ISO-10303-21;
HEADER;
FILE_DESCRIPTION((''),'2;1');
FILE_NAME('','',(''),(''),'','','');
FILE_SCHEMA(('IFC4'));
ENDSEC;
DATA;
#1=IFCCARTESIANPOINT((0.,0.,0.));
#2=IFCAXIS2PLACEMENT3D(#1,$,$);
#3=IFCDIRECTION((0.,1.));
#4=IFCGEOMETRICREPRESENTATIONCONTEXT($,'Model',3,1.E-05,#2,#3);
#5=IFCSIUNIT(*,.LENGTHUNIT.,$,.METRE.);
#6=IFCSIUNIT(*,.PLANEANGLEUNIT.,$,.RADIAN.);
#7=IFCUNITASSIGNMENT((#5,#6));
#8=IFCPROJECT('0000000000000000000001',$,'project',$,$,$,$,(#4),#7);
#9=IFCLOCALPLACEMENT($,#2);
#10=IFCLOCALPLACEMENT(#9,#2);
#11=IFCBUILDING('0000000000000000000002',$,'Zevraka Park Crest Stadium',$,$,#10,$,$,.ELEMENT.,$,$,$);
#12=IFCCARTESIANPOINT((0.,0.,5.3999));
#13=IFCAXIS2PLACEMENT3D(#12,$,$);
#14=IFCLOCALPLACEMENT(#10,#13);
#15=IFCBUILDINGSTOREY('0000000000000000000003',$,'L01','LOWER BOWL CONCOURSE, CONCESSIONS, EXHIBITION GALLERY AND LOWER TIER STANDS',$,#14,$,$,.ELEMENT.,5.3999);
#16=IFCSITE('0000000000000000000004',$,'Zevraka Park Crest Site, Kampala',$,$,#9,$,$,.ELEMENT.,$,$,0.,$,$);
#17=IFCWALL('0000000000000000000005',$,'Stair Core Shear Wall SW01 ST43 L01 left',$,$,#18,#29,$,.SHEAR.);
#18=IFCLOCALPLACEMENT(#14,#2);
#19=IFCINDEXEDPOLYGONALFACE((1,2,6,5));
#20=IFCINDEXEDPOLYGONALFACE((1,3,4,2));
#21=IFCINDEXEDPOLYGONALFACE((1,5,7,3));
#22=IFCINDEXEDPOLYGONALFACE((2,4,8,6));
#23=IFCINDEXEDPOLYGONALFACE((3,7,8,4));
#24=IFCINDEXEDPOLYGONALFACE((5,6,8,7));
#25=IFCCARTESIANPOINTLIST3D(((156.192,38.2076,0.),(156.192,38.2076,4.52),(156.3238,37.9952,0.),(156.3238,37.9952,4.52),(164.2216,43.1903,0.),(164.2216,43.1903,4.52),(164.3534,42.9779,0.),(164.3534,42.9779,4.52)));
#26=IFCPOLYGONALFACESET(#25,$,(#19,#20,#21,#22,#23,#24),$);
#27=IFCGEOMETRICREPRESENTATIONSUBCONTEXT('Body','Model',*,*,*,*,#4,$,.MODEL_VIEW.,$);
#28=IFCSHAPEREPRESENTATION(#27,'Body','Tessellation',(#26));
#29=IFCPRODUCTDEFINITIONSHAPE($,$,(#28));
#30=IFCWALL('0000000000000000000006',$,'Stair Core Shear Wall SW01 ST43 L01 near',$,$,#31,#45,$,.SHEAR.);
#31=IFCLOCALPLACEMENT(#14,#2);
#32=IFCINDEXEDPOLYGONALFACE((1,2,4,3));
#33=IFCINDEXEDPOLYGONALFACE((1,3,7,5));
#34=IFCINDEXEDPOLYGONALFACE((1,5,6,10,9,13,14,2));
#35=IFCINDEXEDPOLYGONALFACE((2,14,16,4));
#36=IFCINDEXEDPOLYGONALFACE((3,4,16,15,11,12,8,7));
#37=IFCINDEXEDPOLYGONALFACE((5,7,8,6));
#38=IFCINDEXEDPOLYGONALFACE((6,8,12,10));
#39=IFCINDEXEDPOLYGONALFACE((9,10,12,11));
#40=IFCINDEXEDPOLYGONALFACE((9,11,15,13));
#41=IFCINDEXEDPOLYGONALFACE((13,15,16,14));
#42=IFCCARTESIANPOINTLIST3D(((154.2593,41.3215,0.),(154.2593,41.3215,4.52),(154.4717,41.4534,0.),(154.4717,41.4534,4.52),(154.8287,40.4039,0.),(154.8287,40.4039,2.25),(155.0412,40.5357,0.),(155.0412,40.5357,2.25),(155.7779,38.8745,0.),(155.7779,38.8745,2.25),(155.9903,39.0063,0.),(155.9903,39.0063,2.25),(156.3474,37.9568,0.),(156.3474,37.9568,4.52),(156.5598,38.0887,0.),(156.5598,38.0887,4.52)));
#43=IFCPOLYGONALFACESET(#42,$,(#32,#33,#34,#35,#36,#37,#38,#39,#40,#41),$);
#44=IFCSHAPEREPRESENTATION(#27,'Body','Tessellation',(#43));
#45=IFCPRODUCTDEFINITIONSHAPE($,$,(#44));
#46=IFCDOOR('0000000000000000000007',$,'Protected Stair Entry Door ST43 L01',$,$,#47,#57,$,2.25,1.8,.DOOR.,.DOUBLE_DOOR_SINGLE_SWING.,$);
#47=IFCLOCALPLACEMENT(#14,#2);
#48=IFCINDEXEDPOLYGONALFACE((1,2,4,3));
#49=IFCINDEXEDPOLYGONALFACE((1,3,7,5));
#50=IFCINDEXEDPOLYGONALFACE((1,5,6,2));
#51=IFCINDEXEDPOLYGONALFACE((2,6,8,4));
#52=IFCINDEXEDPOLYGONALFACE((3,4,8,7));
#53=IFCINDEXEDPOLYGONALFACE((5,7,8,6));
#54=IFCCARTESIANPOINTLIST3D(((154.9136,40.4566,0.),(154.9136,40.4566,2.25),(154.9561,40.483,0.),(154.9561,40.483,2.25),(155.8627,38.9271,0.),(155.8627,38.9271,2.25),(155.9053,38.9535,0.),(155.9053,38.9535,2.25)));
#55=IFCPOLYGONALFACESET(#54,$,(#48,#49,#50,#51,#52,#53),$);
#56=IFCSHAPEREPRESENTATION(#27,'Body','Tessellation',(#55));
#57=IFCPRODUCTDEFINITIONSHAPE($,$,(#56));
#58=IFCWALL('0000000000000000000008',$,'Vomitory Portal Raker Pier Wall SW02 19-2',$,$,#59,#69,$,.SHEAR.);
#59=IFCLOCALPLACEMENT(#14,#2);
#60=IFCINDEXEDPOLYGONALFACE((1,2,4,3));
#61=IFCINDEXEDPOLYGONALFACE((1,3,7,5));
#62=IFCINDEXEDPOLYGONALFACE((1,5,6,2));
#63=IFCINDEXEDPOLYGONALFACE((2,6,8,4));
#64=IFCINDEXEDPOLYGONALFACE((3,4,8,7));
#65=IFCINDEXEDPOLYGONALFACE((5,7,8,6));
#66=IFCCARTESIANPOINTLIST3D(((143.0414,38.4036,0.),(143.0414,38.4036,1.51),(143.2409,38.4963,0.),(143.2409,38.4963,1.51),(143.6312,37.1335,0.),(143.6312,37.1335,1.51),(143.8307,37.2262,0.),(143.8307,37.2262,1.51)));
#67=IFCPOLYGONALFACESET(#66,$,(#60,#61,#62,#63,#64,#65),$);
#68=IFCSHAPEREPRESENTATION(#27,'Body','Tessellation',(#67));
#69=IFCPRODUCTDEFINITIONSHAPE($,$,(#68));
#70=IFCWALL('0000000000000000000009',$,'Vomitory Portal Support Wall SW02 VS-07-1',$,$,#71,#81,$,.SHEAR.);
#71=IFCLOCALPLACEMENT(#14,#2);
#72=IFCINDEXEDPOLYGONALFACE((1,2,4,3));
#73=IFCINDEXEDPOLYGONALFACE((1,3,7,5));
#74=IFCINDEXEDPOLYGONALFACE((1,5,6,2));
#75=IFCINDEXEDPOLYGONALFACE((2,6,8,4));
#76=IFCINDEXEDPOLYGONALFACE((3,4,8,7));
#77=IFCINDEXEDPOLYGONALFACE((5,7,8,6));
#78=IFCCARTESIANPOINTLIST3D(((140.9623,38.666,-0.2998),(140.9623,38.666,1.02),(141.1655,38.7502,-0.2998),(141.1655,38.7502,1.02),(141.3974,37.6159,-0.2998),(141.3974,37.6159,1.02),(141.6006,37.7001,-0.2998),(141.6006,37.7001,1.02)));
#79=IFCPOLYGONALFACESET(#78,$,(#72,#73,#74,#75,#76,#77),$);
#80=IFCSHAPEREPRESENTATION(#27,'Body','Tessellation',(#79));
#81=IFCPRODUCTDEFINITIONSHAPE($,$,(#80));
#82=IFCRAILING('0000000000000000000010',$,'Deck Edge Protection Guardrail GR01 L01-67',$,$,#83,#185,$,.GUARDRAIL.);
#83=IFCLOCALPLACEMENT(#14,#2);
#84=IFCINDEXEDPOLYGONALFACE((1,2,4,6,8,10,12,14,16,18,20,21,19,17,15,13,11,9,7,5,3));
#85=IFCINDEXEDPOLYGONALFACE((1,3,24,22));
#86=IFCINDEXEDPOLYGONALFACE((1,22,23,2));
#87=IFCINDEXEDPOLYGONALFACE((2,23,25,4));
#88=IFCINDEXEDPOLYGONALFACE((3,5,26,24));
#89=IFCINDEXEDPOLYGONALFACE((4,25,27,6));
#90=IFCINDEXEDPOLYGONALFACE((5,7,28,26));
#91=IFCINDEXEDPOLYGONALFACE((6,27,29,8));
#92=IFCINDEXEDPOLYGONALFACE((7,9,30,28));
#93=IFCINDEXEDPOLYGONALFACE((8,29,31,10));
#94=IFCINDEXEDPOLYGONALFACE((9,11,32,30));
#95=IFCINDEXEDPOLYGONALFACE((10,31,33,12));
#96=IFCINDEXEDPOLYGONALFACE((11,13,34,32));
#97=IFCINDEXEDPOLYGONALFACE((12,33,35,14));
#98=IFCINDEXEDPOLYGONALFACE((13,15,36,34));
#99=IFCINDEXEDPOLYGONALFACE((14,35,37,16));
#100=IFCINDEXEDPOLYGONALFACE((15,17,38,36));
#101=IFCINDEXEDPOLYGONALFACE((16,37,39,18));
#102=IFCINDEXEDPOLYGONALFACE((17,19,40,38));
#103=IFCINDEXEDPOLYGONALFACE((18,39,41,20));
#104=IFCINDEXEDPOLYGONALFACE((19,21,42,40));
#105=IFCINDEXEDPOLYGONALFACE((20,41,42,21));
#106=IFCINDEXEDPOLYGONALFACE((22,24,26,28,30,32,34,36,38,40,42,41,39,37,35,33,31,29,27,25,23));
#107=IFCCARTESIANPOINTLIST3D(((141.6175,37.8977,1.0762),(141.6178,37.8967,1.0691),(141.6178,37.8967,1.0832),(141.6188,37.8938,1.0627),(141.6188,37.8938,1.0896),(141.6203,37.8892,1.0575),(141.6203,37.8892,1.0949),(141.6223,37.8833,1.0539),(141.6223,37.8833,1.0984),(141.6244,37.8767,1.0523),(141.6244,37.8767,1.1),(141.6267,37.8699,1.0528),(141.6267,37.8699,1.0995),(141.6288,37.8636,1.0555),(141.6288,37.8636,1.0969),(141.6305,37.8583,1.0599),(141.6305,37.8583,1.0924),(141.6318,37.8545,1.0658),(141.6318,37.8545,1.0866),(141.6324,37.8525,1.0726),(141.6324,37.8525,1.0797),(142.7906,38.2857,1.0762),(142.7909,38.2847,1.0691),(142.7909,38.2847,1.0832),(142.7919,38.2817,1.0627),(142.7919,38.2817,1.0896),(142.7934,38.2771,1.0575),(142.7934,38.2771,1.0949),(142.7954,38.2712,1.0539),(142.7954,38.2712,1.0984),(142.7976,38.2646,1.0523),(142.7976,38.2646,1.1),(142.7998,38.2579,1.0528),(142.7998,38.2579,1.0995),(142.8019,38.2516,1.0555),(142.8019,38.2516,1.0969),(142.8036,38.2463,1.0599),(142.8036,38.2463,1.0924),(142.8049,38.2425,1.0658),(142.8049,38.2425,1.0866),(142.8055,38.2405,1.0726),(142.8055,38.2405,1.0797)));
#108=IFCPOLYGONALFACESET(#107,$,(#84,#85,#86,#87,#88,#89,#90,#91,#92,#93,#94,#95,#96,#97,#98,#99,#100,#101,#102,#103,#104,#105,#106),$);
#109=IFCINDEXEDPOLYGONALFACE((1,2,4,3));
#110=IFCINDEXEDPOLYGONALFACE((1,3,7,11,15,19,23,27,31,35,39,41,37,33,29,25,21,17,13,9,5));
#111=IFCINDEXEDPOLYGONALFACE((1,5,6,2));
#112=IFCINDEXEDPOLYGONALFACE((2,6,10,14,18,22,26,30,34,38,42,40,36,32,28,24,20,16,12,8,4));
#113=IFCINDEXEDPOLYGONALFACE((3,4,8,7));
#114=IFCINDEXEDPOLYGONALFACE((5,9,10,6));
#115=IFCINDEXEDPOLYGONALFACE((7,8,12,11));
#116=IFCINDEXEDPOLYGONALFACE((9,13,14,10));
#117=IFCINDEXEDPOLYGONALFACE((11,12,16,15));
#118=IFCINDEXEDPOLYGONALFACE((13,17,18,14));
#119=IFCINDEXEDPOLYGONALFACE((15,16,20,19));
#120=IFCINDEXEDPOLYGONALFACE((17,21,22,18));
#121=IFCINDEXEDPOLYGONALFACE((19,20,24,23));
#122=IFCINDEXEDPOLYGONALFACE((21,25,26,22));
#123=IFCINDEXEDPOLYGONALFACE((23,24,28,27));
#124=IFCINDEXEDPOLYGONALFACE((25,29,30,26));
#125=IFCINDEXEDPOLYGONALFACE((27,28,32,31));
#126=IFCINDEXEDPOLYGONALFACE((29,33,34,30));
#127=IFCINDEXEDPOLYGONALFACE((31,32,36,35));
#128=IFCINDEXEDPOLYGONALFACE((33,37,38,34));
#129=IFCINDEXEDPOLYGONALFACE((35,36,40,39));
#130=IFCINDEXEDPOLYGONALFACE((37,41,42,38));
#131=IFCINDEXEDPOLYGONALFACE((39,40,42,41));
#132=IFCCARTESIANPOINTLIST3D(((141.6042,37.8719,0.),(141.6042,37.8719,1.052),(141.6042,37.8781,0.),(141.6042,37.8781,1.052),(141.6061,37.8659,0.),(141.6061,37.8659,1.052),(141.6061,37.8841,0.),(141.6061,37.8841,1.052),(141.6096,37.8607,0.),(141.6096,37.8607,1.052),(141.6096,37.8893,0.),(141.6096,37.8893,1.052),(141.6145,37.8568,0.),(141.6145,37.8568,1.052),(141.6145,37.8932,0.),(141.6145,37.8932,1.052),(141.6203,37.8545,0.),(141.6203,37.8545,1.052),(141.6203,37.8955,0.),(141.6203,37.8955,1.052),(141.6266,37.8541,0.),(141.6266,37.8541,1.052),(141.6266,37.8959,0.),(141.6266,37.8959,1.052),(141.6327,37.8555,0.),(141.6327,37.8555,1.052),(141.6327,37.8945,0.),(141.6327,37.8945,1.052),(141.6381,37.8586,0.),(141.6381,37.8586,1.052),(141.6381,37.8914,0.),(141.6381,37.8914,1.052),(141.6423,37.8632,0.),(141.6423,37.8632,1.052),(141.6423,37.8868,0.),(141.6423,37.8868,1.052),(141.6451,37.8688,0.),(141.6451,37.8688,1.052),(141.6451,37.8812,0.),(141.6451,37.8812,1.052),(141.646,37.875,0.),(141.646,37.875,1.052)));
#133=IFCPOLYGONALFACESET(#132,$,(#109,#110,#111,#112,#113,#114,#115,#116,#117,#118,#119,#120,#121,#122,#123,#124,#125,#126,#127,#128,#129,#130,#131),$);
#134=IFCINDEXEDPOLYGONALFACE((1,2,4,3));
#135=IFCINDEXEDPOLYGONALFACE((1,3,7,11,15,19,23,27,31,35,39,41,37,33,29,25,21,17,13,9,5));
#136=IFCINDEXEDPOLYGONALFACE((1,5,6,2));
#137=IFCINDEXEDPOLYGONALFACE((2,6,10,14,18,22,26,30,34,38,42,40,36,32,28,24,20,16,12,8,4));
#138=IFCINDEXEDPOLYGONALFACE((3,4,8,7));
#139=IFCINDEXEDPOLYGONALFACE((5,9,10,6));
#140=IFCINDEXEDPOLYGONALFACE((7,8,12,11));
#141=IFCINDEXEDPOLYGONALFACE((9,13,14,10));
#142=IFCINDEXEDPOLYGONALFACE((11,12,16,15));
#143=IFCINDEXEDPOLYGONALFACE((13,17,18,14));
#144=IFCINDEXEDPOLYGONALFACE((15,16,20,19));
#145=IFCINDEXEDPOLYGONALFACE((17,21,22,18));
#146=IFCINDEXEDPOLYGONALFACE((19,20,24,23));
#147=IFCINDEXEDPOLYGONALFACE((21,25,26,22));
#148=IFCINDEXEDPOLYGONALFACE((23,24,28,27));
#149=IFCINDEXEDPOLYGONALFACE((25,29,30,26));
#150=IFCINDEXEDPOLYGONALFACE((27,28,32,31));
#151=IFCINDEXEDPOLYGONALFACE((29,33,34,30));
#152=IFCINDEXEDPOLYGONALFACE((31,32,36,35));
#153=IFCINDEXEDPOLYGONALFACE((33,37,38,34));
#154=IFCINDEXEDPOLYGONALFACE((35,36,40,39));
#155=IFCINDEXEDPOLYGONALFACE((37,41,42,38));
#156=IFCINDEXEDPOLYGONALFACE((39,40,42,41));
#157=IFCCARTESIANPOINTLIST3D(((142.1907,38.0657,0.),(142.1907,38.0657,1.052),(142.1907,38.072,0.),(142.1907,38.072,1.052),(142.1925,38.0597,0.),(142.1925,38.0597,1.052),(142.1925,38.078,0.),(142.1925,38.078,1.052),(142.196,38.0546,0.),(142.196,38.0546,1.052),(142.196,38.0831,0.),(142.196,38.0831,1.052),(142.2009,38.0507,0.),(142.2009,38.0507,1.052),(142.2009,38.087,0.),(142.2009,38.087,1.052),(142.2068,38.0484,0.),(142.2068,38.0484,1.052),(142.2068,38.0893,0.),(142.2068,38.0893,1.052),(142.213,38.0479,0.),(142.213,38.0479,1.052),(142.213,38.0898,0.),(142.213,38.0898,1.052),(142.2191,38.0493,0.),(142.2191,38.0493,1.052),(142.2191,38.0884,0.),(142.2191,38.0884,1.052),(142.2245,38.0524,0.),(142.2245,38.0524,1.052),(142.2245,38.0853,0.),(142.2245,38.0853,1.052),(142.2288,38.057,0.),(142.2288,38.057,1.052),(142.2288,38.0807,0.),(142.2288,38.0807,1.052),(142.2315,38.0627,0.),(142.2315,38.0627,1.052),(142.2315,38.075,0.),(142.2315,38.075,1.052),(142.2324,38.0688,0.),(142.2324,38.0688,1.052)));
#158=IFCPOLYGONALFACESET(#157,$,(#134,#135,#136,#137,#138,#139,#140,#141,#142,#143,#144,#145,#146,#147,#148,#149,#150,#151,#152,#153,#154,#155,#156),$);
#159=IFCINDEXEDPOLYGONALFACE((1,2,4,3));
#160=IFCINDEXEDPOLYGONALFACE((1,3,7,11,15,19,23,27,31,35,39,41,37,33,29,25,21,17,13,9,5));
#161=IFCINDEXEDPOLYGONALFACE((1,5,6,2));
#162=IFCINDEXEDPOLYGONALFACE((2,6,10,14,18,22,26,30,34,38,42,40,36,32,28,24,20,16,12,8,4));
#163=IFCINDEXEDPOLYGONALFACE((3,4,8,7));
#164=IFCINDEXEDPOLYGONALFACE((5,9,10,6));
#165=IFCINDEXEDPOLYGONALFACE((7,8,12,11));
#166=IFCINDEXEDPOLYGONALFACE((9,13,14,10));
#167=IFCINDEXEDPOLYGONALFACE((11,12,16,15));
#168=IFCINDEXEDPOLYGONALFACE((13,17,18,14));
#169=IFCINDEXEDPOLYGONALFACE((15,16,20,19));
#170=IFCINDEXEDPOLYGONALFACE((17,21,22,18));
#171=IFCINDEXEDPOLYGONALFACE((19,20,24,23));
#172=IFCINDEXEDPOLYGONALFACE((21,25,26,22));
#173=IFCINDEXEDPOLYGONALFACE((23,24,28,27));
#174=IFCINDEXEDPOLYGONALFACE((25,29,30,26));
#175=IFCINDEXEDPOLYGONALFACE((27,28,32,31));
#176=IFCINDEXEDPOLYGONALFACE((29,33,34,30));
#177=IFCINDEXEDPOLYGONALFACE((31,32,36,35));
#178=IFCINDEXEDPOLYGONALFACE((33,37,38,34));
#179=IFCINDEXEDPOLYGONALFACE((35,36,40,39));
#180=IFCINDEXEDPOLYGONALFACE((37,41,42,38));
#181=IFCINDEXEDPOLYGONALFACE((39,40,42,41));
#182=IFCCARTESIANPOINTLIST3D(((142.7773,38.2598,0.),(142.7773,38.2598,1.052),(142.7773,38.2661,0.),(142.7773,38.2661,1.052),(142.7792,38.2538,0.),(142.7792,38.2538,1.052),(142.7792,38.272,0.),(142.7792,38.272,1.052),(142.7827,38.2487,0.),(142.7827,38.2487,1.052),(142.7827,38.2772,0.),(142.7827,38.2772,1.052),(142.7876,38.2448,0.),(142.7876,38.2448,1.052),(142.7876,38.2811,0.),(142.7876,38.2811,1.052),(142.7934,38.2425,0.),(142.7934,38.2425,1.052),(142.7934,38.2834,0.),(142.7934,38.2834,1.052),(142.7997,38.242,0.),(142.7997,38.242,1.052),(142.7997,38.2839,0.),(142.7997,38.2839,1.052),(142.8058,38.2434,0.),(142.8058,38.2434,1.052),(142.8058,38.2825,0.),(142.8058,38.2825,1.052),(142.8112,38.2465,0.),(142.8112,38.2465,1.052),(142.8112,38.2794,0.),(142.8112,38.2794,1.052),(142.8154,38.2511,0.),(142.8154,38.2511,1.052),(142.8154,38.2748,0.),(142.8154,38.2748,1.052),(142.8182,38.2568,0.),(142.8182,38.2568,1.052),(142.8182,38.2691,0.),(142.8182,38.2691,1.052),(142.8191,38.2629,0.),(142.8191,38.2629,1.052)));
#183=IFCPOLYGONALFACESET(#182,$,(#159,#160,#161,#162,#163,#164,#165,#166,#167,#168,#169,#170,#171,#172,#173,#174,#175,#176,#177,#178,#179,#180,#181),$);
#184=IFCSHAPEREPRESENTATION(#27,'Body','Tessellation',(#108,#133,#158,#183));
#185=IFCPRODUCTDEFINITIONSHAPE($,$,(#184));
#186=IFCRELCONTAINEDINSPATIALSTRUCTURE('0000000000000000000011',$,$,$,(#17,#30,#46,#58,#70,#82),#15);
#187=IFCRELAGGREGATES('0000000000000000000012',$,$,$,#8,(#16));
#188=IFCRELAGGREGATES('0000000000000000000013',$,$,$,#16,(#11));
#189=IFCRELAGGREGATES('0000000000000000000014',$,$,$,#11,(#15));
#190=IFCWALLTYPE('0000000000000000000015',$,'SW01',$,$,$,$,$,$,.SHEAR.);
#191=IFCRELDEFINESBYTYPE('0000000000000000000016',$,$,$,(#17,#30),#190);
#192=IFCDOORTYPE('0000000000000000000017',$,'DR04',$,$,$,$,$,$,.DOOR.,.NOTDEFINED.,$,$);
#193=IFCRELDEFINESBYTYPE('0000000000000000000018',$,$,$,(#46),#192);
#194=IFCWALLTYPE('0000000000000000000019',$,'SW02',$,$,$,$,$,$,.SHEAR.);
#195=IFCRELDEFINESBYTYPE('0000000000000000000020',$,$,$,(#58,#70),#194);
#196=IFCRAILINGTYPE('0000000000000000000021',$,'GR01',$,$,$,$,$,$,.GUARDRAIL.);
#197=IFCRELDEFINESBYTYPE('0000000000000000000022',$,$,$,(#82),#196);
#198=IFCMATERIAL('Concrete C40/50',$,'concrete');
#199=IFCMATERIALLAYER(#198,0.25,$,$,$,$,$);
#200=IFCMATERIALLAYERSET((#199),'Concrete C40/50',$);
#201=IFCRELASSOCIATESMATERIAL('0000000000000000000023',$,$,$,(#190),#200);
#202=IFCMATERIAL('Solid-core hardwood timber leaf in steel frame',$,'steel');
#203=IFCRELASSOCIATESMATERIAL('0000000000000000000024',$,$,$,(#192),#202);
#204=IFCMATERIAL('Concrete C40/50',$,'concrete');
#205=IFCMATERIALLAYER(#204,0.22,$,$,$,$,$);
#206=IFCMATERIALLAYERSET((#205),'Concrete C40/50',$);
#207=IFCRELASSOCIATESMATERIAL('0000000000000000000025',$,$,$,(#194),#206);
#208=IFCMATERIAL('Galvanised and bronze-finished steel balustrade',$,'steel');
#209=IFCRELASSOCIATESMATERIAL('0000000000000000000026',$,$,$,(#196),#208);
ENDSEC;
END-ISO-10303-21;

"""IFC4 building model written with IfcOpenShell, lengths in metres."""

from ifc_helpers import new_model, si_unit, direction, frame, frame_2d, origin, origin_2d, place, context, subcontext, project, spatial, rectangle, circle, extrude, material, layer, layer_set, type_object, element, fill, save


model = new_model("IFC4")

# Units and contexts
model_context = context("Model", 3, precision=1e-05, world=origin(), true_north=direction((0.0, 1.0)))
body_context = subcontext(model_context, "Body", "Model", "MODEL_VIEW")
ifc_project = project(units=[si_unit("LENGTHUNIT", "METRE"), si_unit("PLANEANGLEUNIT", "RADIAN")], contexts=[model_context])

# Site, building, storey
site_placement = place(None, origin())
site = spatial("IfcSite", under=ifc_project, at=site_placement, Name="Zevraka Park Crest Site, Kampala", CompositionType="ELEMENT", RefElevation=0.0)
building_placement = place(site_placement, origin())
building = spatial("IfcBuilding", under=site, at=building_placement, Name="Zevraka Park Crest Stadium", CompositionType="ELEMENT")
storey_placement = place(building_placement, frame((0.0, 0.0, 5.3999)))
storey = spatial("IfcBuildingStorey", under=building, at=storey_placement, Name="L01", Description="LOWER BOWL CONCOURSE, CONCESSIONS, EXHIBITION GALLERY AND LOWER TIER STANDS", CompositionType="ELEMENT", Elevation=5.3999)

# Wall
ifc_material_1 = material(Name="Concrete C40/50", Category="concrete")
ifc_layer_1 = layer(ifc_material_1, 0.25)
ifc_layer_set_1 = layer_set([ifc_layer_1], Name="Concrete C40/50")
wall_type_1 = type_object("IfcWallType", Name="SW01", PredefinedType="SHEAR", material=ifc_layer_set_1)
wall_1_placement = place(storey_placement, frame((156.2578, 38.1013, 0.0), z_axis=(0.0, 0.0, 1.0), x_axis=(0.849696, 0.527272, 0.0)))
element("IfcWall", 1, at=wall_1_placement, inside=storey, type_object=wall_type_1, Name="Stair Core Shear Wall SW01 ST43 L01 left", PredefinedType="SHEAR", context=body_context, shape_type="SweptSolid", body=[
    extrude(rectangle(XDim=9.45, YDim=0.25, at=frame_2d((4.7251, 0.0))), origin(), (0.0, 0.0, 1.0), 4.52),
])

# Wall, opening, door
wall_2_placement = place(storey_placement, frame((154.3655, 41.3875, 0.0), z_axis=(0.0, 0.0, 1.0), x_axis=(0.527303, -0.849677, 0.0)))
wall_2 = element("IfcWall", 2, at=wall_2_placement, inside=storey, type_object=wall_type_1, Name="Stair Core Shear Wall SW01 ST43 L01 near", PredefinedType="SHEAR", context=body_context, shape_type="SweptSolid", body=[
    extrude(rectangle(XDim=3.96, YDim=0.25, at=frame_2d((1.98, 0.0))), origin(), (0.0, 0.0, 1.0), 4.52),
])
opening_placement = place(wall_2_placement, frame((1.0801, 0.0, 0.0)))
opening = element("IfcOpeningElement", 3, at=opening_placement, cuts=wall_2, PredefinedType="OPENING", context=body_context, shape_type="SweptSolid", body=[
    extrude(rectangle(XDim=1.8, YDim=2.25, at=frame_2d((0.8999, 1.125))), frame((0.0, 0.135, 0.0), z_axis=(0.0, -1.0, 0.0), x_axis=(1.0, 0.0, 0.0)), (0.0, 0.0, 1.0), 0.27),
])
ifc_material_2 = material(Name="Solid-core hardwood timber leaf in steel frame", Category="steel")
door_type = type_object("IfcDoorType", Name="DR04", OperationType="NOTDEFINED", PredefinedType="DOOR", material=ifc_material_2)
door_placement = place(opening_placement, origin())
door = element("IfcDoor", 4, at=door_placement, inside=storey, type_object=door_type, Name="Protected Stair Entry Door ST43 L01", OperationType="DOUBLE_DOOR_SINGLE_SWING", OverallHeight=2.25, OverallWidth=1.8, PredefinedType="DOOR", context=body_context, shape_type="SweptSolid", body=[
    extrude(rectangle(XDim=1.8, YDim=2.25, at=frame_2d((0.8999, 1.125))), frame((0.0, 0.0249, 0.0), z_axis=(0.0, -1.0, 0.0), x_axis=(1.0, 0.0, 0.0)), (0.0, 0.0, 1.0), 0.05),
])
fill(opening, door)

# Walls
ifc_material_3 = material(Name="Concrete C40/50", Category="concrete")
ifc_layer_2 = layer(ifc_material_3, 0.22)
ifc_layer_set_2 = layer_set([ifc_layer_2], Name="Concrete C40/50")
wall_type_2 = type_object("IfcWallType", Name="SW02", PredefinedType="SHEAR", material=ifc_layer_set_2)
wall_3_placement = place(storey_placement, frame((143.1411, 38.45, 0.0), z_axis=(0.0, 0.0, 1.0), x_axis=(0.421224, -0.906957, 0.0)))
element("IfcWall", 5, at=wall_3_placement, inside=storey, type_object=wall_type_2, Name="Vomitory Portal Raker Pier Wall SW02 19-2", PredefinedType="SHEAR", context=body_context, shape_type="SweptSolid", body=[
    extrude(rectangle(XDim=1.4004, YDim=0.22, at=frame_2d((0.7002, 0.0))), origin(), (0.0, 0.0, 1.0), 1.51),
])
wall_4_placement = place(storey_placement, frame((141.499, 37.658, -0.2998), z_axis=(0.0, 0.0, 1.0), x_axis=(-0.382769, 0.923844, 0.0)))
element("IfcWall", 6, at=wall_4_placement, inside=storey, type_object=wall_type_2, Name="Vomitory Portal Support Wall SW02 VS-07-1", PredefinedType="SHEAR", context=body_context, shape_type="SweptSolid", body=[
    extrude(rectangle(XDim=1.1367, YDim=0.22, at=frame_2d((0.5684, 0.0))), origin(), (0.0, 0.0, 1.0), 1.3198),
])

# Railing
ifc_material_4 = material(Name="Galvanised and bronze-finished steel balustrade", Category="steel")
railing_type_1 = type_object("IfcRailingType", Name="GR01", PredefinedType="GUARDRAIL", material=ifc_material_4)
railing_1_placement = place(storey_placement, frame((141.625, 37.875, 0.0)))
element("IfcRailing", 7, at=railing_1_placement, inside=storey, type_object=railing_type_1, Name="Deck Edge Protection Guardrail GR01 L01-67", PredefinedType="GUARDRAIL", context=body_context, shape_type="SweptSolid", body=[
    extrude(circle(Radius=0.0239, at=origin_2d()), frame((0.0, 0.0, 1.0762), z_axis=(0.949431, 0.313974, 0.0), x_axis=(-0.313974, 0.949431, 0.0)), (0.0, 0.0, 1.0), 1.2356),
    extrude(circle(Radius=0.021, at=origin_2d()), origin(), (0.0, 0.0, 1.0), 1.052),
    extrude(circle(Radius=0.021, at=origin_2d()), frame((0.5864, 0.1938, 0.0)), (0.0, 0.0, 1.0), 1.052),
    extrude(circle(Radius=0.021, at=origin_2d()), frame((1.1731, 0.3879, 0.0)), (0.0, 0.0, 1.0), 1.052),
])

save(model, "model.ifc")
